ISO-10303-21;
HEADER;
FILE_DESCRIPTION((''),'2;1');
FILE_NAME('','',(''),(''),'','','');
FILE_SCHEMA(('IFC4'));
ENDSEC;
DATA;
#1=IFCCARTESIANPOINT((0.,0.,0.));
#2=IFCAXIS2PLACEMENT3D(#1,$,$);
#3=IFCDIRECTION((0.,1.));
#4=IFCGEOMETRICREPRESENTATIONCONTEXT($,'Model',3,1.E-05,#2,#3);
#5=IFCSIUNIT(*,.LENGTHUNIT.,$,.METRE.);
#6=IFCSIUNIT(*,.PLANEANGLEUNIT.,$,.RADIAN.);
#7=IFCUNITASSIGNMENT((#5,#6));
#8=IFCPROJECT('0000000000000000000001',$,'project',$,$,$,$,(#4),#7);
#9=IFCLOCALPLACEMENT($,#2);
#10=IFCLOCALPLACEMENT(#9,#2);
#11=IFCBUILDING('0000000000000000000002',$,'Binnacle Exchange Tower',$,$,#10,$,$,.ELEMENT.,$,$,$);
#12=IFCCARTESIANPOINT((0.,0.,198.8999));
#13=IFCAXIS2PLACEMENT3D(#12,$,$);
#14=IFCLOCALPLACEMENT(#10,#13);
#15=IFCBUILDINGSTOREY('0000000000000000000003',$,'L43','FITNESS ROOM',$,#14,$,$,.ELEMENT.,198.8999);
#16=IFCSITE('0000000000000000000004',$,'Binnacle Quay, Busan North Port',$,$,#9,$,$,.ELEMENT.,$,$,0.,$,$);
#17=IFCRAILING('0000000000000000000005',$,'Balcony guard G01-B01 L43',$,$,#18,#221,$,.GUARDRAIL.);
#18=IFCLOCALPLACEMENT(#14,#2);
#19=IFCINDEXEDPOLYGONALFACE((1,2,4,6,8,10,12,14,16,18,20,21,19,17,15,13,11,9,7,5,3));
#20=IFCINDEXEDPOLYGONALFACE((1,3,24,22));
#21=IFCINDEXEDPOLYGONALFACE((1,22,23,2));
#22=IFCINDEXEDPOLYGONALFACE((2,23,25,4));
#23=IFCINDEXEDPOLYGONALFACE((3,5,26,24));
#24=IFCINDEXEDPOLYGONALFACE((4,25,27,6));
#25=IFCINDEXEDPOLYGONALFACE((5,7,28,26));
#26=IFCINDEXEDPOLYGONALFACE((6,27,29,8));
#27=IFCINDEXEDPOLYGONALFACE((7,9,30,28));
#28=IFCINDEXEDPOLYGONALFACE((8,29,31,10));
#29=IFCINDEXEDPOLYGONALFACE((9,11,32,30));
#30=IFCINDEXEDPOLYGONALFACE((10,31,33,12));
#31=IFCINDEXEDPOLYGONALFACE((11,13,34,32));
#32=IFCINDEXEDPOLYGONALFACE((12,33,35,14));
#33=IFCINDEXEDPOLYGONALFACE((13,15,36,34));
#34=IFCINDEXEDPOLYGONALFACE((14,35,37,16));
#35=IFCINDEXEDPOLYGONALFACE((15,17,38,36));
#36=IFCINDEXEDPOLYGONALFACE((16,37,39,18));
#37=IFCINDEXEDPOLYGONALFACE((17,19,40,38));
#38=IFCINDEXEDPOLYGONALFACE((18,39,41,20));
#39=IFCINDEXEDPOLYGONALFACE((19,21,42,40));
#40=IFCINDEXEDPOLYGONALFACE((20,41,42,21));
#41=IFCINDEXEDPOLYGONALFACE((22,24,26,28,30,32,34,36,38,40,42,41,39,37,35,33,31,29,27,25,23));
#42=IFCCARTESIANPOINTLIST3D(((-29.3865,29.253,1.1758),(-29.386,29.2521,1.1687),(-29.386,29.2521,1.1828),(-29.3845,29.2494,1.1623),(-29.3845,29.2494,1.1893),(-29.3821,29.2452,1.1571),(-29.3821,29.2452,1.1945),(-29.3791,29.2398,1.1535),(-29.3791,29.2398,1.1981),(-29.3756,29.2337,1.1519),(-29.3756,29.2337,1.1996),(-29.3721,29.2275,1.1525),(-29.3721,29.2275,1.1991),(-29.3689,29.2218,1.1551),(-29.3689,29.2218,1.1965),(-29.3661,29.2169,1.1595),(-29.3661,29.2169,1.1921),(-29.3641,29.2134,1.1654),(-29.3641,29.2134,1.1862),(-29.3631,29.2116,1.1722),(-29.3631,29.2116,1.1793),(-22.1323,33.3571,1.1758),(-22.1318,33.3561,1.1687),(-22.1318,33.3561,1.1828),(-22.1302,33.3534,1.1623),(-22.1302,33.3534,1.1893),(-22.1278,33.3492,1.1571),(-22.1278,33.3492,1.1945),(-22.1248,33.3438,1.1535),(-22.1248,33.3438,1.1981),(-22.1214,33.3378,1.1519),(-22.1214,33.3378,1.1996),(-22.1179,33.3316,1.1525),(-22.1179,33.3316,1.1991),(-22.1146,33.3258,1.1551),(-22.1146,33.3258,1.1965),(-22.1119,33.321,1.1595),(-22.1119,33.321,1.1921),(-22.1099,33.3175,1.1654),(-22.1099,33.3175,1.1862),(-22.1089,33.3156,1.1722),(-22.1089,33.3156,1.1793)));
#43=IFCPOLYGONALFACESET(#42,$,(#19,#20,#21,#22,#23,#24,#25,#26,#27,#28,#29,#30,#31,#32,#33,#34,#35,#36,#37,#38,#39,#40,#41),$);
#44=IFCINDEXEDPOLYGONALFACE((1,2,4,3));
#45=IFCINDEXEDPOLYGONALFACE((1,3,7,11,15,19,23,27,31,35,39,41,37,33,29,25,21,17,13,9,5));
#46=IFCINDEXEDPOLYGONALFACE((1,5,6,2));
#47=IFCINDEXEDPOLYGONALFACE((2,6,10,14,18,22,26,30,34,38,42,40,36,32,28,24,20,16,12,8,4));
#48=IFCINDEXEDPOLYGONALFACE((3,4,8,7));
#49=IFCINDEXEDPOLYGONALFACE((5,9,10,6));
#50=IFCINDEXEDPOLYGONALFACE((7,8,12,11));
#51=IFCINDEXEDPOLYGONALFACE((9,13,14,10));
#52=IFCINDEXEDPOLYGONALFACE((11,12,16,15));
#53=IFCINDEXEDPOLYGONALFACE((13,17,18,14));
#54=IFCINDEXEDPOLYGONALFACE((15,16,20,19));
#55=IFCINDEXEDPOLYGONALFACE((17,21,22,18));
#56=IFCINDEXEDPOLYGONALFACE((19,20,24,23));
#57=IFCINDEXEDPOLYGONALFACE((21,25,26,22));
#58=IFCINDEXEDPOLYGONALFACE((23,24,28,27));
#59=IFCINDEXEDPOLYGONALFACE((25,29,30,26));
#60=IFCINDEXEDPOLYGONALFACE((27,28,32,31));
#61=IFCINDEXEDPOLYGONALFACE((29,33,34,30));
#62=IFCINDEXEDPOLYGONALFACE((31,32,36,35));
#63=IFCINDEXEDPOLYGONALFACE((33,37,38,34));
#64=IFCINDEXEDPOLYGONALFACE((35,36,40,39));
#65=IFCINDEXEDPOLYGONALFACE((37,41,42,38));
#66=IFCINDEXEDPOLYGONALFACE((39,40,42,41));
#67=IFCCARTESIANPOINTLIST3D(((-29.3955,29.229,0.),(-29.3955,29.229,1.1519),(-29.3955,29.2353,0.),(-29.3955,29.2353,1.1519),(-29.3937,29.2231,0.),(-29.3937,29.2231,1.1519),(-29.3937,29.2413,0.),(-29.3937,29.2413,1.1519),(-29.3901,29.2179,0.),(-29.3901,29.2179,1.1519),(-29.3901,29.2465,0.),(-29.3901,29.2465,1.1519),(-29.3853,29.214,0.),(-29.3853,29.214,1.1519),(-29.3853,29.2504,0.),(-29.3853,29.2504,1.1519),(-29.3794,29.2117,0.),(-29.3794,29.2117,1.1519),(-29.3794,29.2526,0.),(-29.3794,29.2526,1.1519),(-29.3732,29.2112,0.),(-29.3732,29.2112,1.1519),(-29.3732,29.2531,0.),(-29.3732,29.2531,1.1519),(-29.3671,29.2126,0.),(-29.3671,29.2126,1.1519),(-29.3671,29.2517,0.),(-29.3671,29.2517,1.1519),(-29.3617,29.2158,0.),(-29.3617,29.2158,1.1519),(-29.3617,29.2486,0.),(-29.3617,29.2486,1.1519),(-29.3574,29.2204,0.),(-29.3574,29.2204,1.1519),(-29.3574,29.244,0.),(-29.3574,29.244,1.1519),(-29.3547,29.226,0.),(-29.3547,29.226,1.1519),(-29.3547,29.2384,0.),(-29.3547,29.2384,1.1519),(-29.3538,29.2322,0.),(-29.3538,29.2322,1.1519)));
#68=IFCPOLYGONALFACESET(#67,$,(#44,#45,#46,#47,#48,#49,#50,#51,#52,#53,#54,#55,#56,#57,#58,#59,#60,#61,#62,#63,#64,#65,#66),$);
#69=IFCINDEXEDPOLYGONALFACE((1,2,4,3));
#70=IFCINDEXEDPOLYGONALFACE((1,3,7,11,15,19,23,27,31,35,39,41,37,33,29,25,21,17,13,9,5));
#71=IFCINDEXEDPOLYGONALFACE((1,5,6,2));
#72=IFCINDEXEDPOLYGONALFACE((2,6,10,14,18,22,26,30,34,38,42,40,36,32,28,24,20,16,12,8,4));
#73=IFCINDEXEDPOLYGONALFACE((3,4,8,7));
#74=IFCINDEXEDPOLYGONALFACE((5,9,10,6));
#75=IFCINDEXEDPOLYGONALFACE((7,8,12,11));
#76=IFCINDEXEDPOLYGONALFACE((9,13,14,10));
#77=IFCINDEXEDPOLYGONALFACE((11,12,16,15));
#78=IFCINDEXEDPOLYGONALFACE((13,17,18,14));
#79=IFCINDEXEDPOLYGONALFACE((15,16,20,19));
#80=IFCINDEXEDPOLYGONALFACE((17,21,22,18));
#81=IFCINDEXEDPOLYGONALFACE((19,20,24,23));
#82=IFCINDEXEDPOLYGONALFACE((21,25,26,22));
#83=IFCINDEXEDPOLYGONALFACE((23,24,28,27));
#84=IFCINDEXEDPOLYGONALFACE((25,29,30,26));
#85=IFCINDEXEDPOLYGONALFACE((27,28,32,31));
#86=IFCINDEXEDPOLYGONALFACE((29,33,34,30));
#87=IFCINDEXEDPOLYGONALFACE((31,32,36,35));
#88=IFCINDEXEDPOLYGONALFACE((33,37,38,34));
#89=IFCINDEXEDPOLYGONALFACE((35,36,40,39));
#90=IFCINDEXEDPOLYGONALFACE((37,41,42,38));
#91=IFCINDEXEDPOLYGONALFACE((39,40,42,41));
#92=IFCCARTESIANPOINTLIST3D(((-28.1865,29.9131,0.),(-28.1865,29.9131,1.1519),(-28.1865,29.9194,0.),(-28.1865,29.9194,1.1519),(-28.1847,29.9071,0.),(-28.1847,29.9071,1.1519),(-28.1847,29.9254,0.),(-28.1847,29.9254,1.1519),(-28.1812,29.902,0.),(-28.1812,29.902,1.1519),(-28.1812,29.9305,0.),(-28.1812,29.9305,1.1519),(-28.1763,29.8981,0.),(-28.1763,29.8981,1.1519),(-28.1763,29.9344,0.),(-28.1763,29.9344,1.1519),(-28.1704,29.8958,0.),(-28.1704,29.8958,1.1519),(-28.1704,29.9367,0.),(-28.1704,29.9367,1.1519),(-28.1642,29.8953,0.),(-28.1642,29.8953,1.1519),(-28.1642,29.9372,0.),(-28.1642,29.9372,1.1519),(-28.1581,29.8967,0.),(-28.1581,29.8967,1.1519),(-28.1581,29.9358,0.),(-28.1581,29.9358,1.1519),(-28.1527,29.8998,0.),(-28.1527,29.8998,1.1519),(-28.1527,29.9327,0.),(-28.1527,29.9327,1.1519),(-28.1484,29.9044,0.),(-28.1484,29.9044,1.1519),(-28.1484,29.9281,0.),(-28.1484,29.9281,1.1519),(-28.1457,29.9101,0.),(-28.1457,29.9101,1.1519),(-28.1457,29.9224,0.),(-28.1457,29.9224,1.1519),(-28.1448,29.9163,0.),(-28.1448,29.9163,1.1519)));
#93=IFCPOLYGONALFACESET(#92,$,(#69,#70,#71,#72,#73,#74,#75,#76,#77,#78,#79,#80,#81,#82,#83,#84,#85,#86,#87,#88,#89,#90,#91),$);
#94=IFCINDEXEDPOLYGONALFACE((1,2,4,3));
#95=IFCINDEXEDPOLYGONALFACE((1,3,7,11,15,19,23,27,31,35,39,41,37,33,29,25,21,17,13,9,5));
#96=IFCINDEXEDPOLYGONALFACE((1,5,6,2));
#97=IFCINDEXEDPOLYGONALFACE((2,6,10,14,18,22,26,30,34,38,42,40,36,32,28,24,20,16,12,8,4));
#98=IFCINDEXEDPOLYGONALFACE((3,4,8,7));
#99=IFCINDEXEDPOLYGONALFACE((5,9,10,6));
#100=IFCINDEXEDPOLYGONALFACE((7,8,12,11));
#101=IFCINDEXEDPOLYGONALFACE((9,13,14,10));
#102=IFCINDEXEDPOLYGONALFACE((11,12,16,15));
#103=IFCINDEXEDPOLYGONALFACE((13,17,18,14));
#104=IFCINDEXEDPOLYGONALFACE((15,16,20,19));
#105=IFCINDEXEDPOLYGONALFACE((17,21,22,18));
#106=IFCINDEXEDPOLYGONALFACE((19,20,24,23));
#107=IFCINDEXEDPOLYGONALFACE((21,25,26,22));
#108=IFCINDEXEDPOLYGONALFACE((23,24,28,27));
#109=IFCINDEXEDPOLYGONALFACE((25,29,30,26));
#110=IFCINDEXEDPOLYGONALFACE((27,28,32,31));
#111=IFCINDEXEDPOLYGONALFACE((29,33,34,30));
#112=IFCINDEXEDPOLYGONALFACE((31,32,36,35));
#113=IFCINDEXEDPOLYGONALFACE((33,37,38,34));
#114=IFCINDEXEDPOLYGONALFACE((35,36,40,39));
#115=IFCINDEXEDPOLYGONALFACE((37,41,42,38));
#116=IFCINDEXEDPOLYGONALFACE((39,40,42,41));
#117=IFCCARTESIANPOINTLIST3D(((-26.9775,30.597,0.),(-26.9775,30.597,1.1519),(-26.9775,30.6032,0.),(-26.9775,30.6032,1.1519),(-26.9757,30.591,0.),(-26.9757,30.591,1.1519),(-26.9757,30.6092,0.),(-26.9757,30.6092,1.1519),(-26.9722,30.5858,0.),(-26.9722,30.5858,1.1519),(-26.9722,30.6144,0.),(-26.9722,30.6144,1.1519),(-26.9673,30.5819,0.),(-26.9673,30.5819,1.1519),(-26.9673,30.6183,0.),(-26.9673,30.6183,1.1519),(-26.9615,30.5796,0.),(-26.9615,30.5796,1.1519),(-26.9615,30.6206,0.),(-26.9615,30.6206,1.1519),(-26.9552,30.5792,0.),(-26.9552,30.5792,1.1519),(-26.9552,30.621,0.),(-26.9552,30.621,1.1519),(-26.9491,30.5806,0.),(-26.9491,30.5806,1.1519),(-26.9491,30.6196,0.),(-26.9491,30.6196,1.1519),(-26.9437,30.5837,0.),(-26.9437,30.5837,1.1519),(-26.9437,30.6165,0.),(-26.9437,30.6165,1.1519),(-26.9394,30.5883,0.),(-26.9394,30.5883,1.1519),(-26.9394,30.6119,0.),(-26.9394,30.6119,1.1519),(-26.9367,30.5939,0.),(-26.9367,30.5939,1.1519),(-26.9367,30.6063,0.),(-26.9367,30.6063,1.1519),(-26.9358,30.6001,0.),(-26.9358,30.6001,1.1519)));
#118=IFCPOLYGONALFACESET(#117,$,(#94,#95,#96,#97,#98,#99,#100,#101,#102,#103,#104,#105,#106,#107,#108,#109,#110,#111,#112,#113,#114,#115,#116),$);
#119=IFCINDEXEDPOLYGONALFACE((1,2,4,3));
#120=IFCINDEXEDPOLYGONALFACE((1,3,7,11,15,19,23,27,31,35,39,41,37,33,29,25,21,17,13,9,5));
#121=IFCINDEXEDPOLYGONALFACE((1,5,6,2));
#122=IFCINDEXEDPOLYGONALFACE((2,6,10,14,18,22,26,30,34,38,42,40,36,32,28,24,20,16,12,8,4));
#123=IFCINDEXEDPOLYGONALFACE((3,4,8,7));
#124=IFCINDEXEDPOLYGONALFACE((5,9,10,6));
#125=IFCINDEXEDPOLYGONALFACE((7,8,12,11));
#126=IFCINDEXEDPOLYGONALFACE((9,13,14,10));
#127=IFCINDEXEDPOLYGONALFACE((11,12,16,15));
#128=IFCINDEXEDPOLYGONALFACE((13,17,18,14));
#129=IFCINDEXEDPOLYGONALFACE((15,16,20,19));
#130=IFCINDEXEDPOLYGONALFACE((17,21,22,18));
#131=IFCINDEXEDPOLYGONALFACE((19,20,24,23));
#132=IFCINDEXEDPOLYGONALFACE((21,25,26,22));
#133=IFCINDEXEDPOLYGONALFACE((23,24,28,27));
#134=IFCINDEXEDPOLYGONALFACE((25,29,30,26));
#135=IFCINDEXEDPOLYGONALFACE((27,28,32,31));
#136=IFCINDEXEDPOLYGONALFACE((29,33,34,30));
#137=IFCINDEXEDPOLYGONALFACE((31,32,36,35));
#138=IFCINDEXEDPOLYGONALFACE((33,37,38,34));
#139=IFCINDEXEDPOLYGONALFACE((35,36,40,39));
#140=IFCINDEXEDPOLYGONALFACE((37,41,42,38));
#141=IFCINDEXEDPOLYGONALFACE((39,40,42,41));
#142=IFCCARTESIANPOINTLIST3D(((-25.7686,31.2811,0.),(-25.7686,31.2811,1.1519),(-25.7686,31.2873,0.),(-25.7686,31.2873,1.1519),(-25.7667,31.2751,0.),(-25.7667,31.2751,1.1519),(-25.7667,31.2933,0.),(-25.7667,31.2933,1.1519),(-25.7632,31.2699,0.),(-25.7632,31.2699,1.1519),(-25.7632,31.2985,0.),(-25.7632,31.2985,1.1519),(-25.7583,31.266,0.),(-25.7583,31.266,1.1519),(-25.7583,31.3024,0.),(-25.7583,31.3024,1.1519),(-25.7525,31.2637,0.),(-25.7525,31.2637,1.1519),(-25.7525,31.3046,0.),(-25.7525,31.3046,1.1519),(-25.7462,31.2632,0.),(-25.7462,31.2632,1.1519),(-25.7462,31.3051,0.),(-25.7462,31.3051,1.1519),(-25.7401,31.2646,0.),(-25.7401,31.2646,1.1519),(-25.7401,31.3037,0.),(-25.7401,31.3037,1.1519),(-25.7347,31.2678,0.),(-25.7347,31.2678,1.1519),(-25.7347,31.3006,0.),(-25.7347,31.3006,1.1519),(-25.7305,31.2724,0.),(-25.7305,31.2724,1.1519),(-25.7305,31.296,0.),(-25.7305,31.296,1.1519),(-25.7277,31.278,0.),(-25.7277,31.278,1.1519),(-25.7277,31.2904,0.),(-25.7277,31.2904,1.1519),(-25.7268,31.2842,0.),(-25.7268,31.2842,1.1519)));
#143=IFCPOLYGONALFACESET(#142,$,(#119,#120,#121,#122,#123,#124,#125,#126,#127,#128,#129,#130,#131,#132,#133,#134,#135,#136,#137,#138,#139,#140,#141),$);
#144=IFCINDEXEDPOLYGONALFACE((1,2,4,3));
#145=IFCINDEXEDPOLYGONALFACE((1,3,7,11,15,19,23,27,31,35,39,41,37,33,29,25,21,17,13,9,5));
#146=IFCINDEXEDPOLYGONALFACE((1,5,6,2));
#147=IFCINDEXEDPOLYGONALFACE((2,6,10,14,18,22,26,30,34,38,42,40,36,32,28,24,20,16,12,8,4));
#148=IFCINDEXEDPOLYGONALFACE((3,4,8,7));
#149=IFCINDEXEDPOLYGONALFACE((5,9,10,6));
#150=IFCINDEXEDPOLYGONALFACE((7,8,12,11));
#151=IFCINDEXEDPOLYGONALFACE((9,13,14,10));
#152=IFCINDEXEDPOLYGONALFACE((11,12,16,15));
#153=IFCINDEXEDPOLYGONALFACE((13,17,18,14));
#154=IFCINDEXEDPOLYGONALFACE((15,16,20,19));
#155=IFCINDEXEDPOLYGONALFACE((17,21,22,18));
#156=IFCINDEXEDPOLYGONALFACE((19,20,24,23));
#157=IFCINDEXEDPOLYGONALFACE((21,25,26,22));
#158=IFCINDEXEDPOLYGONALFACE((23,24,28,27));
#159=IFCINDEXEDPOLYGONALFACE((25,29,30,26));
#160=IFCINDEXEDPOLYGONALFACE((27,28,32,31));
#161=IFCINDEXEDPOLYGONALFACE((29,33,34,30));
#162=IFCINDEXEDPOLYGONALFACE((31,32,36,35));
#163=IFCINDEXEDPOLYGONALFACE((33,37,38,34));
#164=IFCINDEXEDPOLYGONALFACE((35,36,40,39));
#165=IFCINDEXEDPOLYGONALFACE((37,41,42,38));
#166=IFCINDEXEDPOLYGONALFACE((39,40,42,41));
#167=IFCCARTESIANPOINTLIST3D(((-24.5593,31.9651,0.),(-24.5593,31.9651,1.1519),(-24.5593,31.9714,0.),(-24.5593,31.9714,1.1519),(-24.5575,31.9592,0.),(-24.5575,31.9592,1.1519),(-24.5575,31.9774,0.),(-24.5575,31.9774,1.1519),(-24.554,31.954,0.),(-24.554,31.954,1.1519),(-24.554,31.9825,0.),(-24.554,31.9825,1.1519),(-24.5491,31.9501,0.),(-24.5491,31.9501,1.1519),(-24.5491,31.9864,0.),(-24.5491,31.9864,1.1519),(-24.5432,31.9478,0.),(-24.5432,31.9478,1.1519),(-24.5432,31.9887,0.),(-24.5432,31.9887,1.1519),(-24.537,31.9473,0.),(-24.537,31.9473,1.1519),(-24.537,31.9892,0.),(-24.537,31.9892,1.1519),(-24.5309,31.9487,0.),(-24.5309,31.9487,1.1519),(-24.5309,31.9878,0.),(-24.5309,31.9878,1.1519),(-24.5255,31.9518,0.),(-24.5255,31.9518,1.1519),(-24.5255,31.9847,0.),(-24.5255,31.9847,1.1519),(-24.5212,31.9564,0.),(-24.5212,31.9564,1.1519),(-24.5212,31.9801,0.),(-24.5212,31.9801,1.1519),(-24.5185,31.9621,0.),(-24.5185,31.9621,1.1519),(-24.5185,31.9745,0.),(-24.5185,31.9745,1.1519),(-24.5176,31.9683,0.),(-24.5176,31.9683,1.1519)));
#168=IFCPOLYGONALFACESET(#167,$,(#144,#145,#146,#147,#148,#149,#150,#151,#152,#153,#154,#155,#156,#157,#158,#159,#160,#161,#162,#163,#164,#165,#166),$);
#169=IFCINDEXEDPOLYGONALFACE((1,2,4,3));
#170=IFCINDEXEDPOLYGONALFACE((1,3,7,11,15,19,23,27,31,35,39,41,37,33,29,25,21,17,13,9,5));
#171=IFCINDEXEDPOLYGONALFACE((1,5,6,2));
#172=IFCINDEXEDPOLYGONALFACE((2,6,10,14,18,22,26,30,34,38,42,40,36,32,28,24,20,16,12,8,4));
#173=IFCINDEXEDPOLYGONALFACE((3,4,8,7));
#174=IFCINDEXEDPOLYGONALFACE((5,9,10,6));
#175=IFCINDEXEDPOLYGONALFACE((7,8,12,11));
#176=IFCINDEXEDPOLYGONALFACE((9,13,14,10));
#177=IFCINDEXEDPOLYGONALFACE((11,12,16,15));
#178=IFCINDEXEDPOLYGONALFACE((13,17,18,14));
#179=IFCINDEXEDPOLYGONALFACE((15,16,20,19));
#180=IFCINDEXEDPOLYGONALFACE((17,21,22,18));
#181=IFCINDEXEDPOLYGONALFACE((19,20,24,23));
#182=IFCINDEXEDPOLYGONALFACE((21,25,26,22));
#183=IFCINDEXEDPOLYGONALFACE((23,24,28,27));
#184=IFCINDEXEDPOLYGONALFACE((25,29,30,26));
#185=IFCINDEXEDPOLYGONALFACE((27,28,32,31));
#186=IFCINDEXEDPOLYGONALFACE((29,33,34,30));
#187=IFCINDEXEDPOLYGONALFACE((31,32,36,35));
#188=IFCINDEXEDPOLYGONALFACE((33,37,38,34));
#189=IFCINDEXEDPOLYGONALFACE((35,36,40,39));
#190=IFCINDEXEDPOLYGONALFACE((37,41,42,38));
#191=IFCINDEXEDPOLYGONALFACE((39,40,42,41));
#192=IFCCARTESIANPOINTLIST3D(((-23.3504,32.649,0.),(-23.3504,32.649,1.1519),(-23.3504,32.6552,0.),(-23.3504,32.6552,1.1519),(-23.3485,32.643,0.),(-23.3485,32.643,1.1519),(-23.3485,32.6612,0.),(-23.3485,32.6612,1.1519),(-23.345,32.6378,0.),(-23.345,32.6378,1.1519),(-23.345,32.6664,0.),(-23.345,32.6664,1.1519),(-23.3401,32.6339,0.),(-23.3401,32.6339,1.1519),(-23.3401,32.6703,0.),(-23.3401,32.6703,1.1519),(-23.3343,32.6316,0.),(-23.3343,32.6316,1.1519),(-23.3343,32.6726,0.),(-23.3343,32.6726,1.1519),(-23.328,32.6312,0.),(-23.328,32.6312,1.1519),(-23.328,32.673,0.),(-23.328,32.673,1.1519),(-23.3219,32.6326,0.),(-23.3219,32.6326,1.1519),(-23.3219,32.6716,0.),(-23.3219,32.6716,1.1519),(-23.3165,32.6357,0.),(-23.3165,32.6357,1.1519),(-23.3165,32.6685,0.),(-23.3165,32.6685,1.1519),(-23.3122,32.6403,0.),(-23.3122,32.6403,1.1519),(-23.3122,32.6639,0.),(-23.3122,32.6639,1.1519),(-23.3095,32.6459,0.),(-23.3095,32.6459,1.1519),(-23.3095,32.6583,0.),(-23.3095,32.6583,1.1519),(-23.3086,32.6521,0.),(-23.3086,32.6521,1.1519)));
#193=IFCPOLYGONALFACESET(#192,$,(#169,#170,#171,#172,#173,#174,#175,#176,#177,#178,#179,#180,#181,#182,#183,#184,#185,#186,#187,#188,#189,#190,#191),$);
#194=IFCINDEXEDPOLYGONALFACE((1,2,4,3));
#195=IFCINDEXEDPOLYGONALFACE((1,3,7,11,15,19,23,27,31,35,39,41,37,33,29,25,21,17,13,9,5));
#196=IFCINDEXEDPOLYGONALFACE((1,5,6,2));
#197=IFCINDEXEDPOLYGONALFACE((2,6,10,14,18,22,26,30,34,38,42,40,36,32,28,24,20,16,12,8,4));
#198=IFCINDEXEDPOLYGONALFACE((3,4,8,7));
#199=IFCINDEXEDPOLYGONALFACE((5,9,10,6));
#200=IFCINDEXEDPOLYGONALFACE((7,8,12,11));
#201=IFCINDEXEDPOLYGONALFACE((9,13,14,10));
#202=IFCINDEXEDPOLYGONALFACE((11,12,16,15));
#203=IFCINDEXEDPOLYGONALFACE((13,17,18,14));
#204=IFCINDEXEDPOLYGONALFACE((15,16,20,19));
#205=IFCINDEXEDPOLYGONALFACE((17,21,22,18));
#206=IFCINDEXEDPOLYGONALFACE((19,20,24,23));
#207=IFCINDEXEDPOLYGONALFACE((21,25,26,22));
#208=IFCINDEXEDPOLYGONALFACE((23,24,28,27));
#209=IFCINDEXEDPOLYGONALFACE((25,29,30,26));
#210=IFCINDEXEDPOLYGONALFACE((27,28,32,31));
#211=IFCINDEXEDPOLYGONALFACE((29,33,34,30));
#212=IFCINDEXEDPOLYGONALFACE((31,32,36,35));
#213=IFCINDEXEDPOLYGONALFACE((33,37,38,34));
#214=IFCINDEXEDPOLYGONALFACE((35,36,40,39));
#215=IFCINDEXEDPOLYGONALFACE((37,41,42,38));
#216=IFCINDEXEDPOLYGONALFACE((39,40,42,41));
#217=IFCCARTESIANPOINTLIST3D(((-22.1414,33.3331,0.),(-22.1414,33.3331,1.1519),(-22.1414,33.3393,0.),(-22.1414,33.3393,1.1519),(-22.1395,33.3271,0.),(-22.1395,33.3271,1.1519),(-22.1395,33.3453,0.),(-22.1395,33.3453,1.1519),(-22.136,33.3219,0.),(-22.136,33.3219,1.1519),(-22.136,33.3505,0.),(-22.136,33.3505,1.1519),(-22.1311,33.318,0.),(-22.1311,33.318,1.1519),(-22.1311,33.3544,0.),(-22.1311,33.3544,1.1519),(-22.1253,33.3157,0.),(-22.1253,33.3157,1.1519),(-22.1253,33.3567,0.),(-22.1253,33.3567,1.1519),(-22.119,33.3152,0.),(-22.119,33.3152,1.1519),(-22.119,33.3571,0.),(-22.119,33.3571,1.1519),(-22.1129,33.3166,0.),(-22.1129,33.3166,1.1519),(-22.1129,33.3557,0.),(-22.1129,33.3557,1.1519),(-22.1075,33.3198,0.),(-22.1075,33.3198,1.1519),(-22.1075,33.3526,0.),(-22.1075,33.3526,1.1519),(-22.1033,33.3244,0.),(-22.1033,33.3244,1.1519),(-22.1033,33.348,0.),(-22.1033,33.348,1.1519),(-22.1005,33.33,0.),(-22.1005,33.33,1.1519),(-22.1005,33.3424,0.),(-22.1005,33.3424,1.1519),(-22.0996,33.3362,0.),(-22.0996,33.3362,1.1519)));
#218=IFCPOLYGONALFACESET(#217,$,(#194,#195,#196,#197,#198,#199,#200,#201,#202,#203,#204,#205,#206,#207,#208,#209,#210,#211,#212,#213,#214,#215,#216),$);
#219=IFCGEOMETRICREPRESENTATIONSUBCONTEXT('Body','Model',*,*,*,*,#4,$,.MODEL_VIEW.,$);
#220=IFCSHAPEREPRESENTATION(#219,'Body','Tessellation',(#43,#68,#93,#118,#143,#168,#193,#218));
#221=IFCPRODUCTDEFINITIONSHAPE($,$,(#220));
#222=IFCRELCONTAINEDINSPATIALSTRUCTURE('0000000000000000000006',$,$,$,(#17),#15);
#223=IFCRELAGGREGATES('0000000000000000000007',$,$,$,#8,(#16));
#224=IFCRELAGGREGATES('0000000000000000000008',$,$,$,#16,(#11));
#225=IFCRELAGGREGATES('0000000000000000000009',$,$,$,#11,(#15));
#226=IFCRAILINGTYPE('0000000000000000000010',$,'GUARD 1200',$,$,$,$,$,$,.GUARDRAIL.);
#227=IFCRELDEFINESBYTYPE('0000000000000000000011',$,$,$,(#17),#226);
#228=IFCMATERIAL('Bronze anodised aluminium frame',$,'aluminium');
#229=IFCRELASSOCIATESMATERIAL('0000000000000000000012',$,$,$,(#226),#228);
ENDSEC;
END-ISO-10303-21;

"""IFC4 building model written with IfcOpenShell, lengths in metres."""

from ifc_helpers import new_model, si_unit, direction, frame, origin, origin_2d, place, context, subcontext, project, spatial, circle, extrude, material, type_object, element, save


model = new_model("IFC4")

# Units and contexts
model_context = context("Model", 3, precision=1e-05, world=origin(), true_north=direction((0.0, 1.0)))
body_context = subcontext(model_context, "Body", "Model", "MODEL_VIEW")
ifc_project = project(units=[si_unit("LENGTHUNIT", "METRE"), si_unit("PLANEANGLEUNIT", "RADIAN")], contexts=[model_context])

# Site, building, storey
site_placement = place(None, origin())
site = spatial("IfcSite", under=ifc_project, at=site_placement, Name="Binnacle Quay, Busan North Port", CompositionType="ELEMENT", RefElevation=0.0)
building_placement = place(site_placement, origin())
building = spatial("IfcBuilding", under=site, at=building_placement, Name="Binnacle Exchange Tower", CompositionType="ELEMENT")
storey_placement = place(building_placement, frame((0.0, 0.0, 198.8999)))
storey = spatial("IfcBuildingStorey", under=building, at=storey_placement, Name="L43", Description="FITNESS ROOM", CompositionType="ELEMENT", Elevation=198.8999)

# Railing
ifc_material_1 = material(Name="Bronze anodised aluminium frame", Category="aluminium")
railing_type_1 = type_object("IfcRailingType", Name="GUARD 1200", PredefinedType="GUARDRAIL", material=ifc_material_1)
railing_1_placement = place(storey_placement, frame((-29.3748, 29.2322, 0.0)))
element("IfcRailing", 1, at=railing_1_placement, inside=storey, type_object=railing_type_1, Name="Balcony guard G01-B01 L43", PredefinedType="GUARDRAIL", context=body_context, shape_type="SweptSolid", body=[
    extrude(circle(Radius=0.0239, at=origin_2d()), frame((0.0, 0.0, 1.1758), z_axis=(0.870366, 0.492406, 0.0), x_axis=(-0.492406, 0.870366, 0.0)), (0.0, 0.0, 1.0), 8.3347),
    extrude(circle(Radius=0.021, at=origin_2d()), origin(), (0.0, 0.0, 1.0), 1.1519),
    extrude(circle(Radius=0.021, at=origin_2d()), frame((1.209, 0.6841, 0.0)), (0.0, 0.0, 1.0), 1.1519),
    extrude(circle(Radius=0.021, at=origin_2d()), frame((2.418, 1.3679, 0.0)), (0.0, 0.0, 1.0), 1.1519),
    extrude(circle(Radius=0.021, at=origin_2d()), frame((3.627, 2.052, 0.0)), (0.0, 0.0, 1.0), 1.1519),
    extrude(circle(Radius=0.021, at=origin_2d()), frame((4.8362, 2.7361, 0.0)), (0.0, 0.0, 1.0), 1.1519),
    extrude(circle(Radius=0.021, at=origin_2d()), frame((6.0452, 3.4199, 0.0)), (0.0, 0.0, 1.0), 1.1519),
    extrude(circle(Radius=0.021, at=origin_2d()), frame((7.2542, 4.104, 0.0)), (0.0, 0.0, 1.0), 1.1519),
])

save(model, "model.ifc")
